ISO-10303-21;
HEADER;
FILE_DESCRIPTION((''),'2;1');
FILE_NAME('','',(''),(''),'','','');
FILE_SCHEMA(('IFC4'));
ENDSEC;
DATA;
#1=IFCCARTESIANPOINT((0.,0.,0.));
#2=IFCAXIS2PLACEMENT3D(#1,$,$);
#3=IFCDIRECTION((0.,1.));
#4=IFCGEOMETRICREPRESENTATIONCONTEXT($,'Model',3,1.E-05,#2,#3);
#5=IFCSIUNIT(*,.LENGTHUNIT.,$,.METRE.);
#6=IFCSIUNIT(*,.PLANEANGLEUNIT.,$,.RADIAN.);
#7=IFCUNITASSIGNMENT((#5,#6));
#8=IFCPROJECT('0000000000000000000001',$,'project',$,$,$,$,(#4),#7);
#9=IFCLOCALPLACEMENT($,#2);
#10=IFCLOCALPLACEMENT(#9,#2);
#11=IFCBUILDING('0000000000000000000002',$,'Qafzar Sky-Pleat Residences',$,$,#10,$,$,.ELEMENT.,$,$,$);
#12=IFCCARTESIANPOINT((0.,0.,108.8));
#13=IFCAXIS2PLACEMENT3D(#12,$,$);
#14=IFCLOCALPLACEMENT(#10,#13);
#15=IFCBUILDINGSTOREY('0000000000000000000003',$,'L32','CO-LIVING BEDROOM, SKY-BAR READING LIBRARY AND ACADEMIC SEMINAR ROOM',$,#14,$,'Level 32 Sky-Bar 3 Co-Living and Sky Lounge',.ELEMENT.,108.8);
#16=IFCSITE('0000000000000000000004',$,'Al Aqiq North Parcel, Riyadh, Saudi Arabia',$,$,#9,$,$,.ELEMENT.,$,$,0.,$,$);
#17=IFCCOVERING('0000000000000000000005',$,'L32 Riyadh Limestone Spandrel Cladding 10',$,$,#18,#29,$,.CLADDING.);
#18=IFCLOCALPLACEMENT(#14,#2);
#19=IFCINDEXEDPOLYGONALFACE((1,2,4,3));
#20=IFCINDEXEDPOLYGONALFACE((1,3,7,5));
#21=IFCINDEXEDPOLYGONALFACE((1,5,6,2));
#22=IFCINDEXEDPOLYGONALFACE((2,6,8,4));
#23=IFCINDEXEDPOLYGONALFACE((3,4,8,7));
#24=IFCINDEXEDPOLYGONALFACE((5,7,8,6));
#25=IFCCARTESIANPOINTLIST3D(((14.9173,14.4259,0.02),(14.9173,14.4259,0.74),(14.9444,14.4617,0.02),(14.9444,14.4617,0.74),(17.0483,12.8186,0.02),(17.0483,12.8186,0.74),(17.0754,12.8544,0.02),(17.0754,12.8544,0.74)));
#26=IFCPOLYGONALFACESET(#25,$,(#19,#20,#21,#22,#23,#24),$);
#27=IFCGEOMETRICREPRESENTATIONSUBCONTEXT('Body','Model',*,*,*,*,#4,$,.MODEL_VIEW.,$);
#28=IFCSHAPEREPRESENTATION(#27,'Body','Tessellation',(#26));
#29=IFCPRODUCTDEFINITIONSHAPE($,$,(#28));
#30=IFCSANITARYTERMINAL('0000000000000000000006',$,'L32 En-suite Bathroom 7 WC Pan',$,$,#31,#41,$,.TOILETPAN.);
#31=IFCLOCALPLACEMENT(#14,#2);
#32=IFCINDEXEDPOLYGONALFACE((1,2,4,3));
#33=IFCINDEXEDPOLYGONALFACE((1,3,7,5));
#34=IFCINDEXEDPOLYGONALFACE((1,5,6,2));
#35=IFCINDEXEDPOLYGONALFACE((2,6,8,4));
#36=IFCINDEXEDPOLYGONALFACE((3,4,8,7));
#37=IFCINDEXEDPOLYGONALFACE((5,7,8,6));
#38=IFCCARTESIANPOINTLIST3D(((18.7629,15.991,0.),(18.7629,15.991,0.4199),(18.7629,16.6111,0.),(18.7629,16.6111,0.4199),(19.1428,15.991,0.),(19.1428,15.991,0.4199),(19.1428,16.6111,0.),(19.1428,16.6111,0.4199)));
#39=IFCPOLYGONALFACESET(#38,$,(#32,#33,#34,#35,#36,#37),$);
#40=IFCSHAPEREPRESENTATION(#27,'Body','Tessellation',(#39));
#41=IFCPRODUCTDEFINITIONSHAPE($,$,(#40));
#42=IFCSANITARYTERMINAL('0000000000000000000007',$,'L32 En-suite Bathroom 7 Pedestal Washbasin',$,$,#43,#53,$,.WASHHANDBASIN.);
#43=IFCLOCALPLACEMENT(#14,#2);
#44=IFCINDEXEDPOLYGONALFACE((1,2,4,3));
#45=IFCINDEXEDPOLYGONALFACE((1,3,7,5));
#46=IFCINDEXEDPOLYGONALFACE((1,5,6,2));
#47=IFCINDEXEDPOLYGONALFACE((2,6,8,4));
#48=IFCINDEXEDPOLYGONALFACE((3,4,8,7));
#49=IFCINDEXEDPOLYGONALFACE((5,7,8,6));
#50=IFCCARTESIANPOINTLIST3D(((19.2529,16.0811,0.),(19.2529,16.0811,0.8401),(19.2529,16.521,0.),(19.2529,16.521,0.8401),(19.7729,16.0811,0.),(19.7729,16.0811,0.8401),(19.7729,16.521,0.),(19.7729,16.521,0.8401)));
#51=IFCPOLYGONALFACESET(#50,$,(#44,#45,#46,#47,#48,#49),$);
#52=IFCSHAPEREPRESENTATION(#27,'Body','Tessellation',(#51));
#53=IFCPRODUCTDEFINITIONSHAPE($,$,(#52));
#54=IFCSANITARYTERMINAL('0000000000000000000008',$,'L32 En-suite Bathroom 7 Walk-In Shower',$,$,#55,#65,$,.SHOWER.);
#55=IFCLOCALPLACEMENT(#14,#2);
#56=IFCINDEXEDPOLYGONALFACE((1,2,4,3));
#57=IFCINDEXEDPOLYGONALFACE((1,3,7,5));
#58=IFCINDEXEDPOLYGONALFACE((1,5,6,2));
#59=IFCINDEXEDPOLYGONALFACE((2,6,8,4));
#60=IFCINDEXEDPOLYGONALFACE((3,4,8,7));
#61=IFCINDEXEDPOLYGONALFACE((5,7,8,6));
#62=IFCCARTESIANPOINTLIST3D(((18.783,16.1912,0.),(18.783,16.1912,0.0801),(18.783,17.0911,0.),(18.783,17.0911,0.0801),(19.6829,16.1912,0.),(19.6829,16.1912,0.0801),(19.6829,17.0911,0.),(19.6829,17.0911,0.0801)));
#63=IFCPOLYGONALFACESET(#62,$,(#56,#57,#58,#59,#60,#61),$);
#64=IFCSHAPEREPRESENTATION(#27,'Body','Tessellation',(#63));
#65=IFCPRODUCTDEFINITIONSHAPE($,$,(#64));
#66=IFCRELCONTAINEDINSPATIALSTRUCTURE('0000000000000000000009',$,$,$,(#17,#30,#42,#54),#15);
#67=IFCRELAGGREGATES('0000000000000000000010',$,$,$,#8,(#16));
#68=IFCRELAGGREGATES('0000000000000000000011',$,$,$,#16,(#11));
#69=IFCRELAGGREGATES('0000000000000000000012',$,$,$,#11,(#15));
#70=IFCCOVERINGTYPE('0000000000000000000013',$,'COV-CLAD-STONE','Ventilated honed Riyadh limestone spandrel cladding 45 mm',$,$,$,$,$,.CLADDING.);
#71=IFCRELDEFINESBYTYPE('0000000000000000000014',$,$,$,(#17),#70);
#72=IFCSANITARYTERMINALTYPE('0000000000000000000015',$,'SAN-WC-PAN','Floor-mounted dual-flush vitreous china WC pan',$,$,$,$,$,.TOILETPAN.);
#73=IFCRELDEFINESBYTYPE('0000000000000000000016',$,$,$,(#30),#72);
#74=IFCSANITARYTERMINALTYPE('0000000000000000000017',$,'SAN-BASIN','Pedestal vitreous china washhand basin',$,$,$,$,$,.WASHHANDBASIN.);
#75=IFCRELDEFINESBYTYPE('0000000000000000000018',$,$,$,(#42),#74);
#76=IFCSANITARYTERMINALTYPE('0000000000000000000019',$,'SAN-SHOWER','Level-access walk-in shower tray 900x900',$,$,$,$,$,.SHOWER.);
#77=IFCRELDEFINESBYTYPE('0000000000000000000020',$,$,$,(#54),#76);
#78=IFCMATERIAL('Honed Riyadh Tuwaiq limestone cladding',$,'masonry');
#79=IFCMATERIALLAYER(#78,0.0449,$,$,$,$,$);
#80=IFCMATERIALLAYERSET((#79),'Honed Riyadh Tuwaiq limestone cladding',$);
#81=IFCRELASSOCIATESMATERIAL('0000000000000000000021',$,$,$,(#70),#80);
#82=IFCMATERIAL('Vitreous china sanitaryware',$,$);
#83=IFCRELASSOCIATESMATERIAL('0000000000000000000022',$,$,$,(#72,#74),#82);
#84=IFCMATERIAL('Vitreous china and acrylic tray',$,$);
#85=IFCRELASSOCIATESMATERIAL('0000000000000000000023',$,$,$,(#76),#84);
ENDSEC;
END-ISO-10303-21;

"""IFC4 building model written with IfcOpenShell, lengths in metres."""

from ifc_helpers import new_model, si_unit, direction, frame, origin, origin_2d, place, context, subcontext, project, spatial, rectangle, extrude, source, transform, mapped, material, layer, layer_set, type_object, element, save


model = new_model("IFC4")

# Units and contexts
model_context = context("Model", 3, precision=1e-05, world=origin(), true_north=direction((0.0, 1.0)))
body_context = subcontext(model_context, "Body", "Model", "MODEL_VIEW")
ifc_project = project(units=[si_unit("LENGTHUNIT", "METRE"), si_unit("PLANEANGLEUNIT", "RADIAN")], contexts=[model_context])

# Site, building, storey
site_placement = place(None, origin())
site = spatial("IfcSite", under=ifc_project, at=site_placement, Name="Al Aqiq North Parcel, Riyadh, Saudi Arabia", CompositionType="ELEMENT", RefElevation=0.0)
building_placement = place(site_placement, origin())
building = spatial("IfcBuilding", under=site, at=building_placement, Name="Qafzar Sky-Pleat Residences", CompositionType="ELEMENT")
storey_placement = place(building_placement, frame((0.0, 0.0, 108.8)))
storey = spatial("IfcBuildingStorey", under=building, at=storey_placement, Name="L32", Description="CO-LIVING BEDROOM, SKY-BAR READING LIBRARY AND ACADEMIC SEMINAR ROOM", LongName="Level 32 Sky-Bar 3 Co-Living and Sky Lounge", CompositionType="ELEMENT", Elevation=108.8)

# Covering
ifc_material_1 = material(Name="Honed Riyadh Tuwaiq limestone cladding", Category="masonry")
ifc_layer_1 = layer(ifc_material_1, 0.0449)
ifc_layer_set_1 = layer_set([ifc_layer_1], Name="Honed Riyadh Tuwaiq limestone cladding")
covering_type = type_object("IfcCoveringType", Name="COV-CLAD-STONE", Description="Ventilated honed Riyadh limestone spandrel cladding 45 mm", PredefinedType="CLADDING", material=ifc_layer_set_1)
shared_shape_1 = source(origin(), body_context, "Body", "SweptSolid", [
    extrude(rectangle(XDim=2.6692, YDim=0.0449, at=origin_2d()), origin(), (0.0, 0.0, 1.0), 0.72),
])
covering_1_placement = place(storey_placement, frame((15.9963, 13.6401, 0.02), z_axis=(0.0, 0.0, 1.0), x_axis=(0.798371, -0.602167, 0.0)))
element("IfcCovering", 1, at=covering_1_placement, inside=storey, type_object=covering_type, Name="L32 Riyadh Limestone Spandrel Cladding 10", PredefinedType="CLADDING", context=body_context, shape_type="MappedRepresentation", body=[
    mapped(shared_shape_1, transform((0.0, 0.0, 0.0), x_axis=(1.0, 0.0, 0.0), y_axis=(0.0, 1.0, 0.0), z_axis=(0.0, 0.0, 1.0), scale=1.0)),
])

# Sanitary terminals
ifc_material_2 = material(Name="Vitreous china sanitaryware")
sanitary_terminal_type_1 = type_object("IfcSanitaryTerminalType", Name="SAN-WC-PAN", Description="Floor-mounted dual-flush vitreous china WC pan", PredefinedType="TOILETPAN", material=ifc_material_2)
shared_shape_2 = source(origin(), body_context, "Body", "SweptSolid", [
    extrude(rectangle(XDim=0.3799, YDim=0.6201, at=origin_2d()), origin(), (0.0, 0.0, 1.0), 0.4199),
])
sanitary_terminal_1_placement = place(storey_placement, frame((18.9529, 16.301, 0.0), z_axis=(0.0, 0.0, 1.0), x_axis=(1.0, 0.0, 0.0)))
element("IfcSanitaryTerminal", 2, at=sanitary_terminal_1_placement, inside=storey, type_object=sanitary_terminal_type_1, Name="L32 En-suite Bathroom 7 WC Pan", PredefinedType="TOILETPAN", context=body_context, shape_type="MappedRepresentation", body=[
    mapped(shared_shape_2, transform((0.0, 0.0, 0.0), x_axis=(1.0, 0.0, 0.0), y_axis=(0.0, 1.0, 0.0), z_axis=(0.0, 0.0, 1.0), scale=1.0)),
])
sanitary_terminal_type_2 = type_object("IfcSanitaryTerminalType", Name="SAN-BASIN", Description="Pedestal vitreous china washhand basin", PredefinedType="WASHHANDBASIN", material=ifc_material_2)
shared_shape_3 = source(origin(), body_context, "Body", "SweptSolid", [
    extrude(rectangle(XDim=0.52, YDim=0.4399, at=origin_2d()), origin(), (0.0, 0.0, 1.0), 0.8401),
])
sanitary_terminal_2_placement = place(storey_placement, frame((19.5129, 16.301, 0.0), z_axis=(0.0, 0.0, 1.0), x_axis=(1.0, 0.0, 0.0)))
element("IfcSanitaryTerminal", 3, at=sanitary_terminal_2_placement, inside=storey, type_object=sanitary_terminal_type_2, Name="L32 En-suite Bathroom 7 Pedestal Washbasin", PredefinedType="WASHHANDBASIN", context=body_context, shape_type="MappedRepresentation", body=[
    mapped(shared_shape_3, transform((0.0, 0.0, 0.0), x_axis=(1.0, 0.0, 0.0), y_axis=(0.0, 1.0, 0.0), z_axis=(0.0, 0.0, 1.0), scale=1.0)),
])
ifc_material_3 = material(Name="Vitreous china and acrylic tray")
sanitary_terminal_type_3 = type_object("IfcSanitaryTerminalType", Name="SAN-SHOWER", Description="Level-access walk-in shower tray 900x900", PredefinedType="SHOWER", material=ifc_material_3)
shared_shape_4 = source(origin(), body_context, "Body", "SweptSolid", [
    extrude(rectangle(XDim=0.8999, YDim=0.8999, at=origin_2d()), origin(), (0.0, 0.0, 1.0), 0.0801),
])
sanitary_terminal_3_placement = place(storey_placement, frame((19.2329, 16.6411, 0.0), z_axis=(0.0, 0.0, 1.0), x_axis=(1.0, 0.0, 0.0)))
element("IfcSanitaryTerminal", 4, at=sanitary_terminal_3_placement, inside=storey, type_object=sanitary_terminal_type_3, Name="L32 En-suite Bathroom 7 Walk-In Shower", PredefinedType="SHOWER", context=body_context, shape_type="MappedRepresentation", body=[
    mapped(shared_shape_4, transform((0.0, 0.0, 0.0), x_axis=(1.0, 0.0, 0.0), y_axis=(0.0, 1.0, 0.0), z_axis=(0.0, 0.0, 1.0), scale=1.0)),
])

save(model, "model.ifc")
